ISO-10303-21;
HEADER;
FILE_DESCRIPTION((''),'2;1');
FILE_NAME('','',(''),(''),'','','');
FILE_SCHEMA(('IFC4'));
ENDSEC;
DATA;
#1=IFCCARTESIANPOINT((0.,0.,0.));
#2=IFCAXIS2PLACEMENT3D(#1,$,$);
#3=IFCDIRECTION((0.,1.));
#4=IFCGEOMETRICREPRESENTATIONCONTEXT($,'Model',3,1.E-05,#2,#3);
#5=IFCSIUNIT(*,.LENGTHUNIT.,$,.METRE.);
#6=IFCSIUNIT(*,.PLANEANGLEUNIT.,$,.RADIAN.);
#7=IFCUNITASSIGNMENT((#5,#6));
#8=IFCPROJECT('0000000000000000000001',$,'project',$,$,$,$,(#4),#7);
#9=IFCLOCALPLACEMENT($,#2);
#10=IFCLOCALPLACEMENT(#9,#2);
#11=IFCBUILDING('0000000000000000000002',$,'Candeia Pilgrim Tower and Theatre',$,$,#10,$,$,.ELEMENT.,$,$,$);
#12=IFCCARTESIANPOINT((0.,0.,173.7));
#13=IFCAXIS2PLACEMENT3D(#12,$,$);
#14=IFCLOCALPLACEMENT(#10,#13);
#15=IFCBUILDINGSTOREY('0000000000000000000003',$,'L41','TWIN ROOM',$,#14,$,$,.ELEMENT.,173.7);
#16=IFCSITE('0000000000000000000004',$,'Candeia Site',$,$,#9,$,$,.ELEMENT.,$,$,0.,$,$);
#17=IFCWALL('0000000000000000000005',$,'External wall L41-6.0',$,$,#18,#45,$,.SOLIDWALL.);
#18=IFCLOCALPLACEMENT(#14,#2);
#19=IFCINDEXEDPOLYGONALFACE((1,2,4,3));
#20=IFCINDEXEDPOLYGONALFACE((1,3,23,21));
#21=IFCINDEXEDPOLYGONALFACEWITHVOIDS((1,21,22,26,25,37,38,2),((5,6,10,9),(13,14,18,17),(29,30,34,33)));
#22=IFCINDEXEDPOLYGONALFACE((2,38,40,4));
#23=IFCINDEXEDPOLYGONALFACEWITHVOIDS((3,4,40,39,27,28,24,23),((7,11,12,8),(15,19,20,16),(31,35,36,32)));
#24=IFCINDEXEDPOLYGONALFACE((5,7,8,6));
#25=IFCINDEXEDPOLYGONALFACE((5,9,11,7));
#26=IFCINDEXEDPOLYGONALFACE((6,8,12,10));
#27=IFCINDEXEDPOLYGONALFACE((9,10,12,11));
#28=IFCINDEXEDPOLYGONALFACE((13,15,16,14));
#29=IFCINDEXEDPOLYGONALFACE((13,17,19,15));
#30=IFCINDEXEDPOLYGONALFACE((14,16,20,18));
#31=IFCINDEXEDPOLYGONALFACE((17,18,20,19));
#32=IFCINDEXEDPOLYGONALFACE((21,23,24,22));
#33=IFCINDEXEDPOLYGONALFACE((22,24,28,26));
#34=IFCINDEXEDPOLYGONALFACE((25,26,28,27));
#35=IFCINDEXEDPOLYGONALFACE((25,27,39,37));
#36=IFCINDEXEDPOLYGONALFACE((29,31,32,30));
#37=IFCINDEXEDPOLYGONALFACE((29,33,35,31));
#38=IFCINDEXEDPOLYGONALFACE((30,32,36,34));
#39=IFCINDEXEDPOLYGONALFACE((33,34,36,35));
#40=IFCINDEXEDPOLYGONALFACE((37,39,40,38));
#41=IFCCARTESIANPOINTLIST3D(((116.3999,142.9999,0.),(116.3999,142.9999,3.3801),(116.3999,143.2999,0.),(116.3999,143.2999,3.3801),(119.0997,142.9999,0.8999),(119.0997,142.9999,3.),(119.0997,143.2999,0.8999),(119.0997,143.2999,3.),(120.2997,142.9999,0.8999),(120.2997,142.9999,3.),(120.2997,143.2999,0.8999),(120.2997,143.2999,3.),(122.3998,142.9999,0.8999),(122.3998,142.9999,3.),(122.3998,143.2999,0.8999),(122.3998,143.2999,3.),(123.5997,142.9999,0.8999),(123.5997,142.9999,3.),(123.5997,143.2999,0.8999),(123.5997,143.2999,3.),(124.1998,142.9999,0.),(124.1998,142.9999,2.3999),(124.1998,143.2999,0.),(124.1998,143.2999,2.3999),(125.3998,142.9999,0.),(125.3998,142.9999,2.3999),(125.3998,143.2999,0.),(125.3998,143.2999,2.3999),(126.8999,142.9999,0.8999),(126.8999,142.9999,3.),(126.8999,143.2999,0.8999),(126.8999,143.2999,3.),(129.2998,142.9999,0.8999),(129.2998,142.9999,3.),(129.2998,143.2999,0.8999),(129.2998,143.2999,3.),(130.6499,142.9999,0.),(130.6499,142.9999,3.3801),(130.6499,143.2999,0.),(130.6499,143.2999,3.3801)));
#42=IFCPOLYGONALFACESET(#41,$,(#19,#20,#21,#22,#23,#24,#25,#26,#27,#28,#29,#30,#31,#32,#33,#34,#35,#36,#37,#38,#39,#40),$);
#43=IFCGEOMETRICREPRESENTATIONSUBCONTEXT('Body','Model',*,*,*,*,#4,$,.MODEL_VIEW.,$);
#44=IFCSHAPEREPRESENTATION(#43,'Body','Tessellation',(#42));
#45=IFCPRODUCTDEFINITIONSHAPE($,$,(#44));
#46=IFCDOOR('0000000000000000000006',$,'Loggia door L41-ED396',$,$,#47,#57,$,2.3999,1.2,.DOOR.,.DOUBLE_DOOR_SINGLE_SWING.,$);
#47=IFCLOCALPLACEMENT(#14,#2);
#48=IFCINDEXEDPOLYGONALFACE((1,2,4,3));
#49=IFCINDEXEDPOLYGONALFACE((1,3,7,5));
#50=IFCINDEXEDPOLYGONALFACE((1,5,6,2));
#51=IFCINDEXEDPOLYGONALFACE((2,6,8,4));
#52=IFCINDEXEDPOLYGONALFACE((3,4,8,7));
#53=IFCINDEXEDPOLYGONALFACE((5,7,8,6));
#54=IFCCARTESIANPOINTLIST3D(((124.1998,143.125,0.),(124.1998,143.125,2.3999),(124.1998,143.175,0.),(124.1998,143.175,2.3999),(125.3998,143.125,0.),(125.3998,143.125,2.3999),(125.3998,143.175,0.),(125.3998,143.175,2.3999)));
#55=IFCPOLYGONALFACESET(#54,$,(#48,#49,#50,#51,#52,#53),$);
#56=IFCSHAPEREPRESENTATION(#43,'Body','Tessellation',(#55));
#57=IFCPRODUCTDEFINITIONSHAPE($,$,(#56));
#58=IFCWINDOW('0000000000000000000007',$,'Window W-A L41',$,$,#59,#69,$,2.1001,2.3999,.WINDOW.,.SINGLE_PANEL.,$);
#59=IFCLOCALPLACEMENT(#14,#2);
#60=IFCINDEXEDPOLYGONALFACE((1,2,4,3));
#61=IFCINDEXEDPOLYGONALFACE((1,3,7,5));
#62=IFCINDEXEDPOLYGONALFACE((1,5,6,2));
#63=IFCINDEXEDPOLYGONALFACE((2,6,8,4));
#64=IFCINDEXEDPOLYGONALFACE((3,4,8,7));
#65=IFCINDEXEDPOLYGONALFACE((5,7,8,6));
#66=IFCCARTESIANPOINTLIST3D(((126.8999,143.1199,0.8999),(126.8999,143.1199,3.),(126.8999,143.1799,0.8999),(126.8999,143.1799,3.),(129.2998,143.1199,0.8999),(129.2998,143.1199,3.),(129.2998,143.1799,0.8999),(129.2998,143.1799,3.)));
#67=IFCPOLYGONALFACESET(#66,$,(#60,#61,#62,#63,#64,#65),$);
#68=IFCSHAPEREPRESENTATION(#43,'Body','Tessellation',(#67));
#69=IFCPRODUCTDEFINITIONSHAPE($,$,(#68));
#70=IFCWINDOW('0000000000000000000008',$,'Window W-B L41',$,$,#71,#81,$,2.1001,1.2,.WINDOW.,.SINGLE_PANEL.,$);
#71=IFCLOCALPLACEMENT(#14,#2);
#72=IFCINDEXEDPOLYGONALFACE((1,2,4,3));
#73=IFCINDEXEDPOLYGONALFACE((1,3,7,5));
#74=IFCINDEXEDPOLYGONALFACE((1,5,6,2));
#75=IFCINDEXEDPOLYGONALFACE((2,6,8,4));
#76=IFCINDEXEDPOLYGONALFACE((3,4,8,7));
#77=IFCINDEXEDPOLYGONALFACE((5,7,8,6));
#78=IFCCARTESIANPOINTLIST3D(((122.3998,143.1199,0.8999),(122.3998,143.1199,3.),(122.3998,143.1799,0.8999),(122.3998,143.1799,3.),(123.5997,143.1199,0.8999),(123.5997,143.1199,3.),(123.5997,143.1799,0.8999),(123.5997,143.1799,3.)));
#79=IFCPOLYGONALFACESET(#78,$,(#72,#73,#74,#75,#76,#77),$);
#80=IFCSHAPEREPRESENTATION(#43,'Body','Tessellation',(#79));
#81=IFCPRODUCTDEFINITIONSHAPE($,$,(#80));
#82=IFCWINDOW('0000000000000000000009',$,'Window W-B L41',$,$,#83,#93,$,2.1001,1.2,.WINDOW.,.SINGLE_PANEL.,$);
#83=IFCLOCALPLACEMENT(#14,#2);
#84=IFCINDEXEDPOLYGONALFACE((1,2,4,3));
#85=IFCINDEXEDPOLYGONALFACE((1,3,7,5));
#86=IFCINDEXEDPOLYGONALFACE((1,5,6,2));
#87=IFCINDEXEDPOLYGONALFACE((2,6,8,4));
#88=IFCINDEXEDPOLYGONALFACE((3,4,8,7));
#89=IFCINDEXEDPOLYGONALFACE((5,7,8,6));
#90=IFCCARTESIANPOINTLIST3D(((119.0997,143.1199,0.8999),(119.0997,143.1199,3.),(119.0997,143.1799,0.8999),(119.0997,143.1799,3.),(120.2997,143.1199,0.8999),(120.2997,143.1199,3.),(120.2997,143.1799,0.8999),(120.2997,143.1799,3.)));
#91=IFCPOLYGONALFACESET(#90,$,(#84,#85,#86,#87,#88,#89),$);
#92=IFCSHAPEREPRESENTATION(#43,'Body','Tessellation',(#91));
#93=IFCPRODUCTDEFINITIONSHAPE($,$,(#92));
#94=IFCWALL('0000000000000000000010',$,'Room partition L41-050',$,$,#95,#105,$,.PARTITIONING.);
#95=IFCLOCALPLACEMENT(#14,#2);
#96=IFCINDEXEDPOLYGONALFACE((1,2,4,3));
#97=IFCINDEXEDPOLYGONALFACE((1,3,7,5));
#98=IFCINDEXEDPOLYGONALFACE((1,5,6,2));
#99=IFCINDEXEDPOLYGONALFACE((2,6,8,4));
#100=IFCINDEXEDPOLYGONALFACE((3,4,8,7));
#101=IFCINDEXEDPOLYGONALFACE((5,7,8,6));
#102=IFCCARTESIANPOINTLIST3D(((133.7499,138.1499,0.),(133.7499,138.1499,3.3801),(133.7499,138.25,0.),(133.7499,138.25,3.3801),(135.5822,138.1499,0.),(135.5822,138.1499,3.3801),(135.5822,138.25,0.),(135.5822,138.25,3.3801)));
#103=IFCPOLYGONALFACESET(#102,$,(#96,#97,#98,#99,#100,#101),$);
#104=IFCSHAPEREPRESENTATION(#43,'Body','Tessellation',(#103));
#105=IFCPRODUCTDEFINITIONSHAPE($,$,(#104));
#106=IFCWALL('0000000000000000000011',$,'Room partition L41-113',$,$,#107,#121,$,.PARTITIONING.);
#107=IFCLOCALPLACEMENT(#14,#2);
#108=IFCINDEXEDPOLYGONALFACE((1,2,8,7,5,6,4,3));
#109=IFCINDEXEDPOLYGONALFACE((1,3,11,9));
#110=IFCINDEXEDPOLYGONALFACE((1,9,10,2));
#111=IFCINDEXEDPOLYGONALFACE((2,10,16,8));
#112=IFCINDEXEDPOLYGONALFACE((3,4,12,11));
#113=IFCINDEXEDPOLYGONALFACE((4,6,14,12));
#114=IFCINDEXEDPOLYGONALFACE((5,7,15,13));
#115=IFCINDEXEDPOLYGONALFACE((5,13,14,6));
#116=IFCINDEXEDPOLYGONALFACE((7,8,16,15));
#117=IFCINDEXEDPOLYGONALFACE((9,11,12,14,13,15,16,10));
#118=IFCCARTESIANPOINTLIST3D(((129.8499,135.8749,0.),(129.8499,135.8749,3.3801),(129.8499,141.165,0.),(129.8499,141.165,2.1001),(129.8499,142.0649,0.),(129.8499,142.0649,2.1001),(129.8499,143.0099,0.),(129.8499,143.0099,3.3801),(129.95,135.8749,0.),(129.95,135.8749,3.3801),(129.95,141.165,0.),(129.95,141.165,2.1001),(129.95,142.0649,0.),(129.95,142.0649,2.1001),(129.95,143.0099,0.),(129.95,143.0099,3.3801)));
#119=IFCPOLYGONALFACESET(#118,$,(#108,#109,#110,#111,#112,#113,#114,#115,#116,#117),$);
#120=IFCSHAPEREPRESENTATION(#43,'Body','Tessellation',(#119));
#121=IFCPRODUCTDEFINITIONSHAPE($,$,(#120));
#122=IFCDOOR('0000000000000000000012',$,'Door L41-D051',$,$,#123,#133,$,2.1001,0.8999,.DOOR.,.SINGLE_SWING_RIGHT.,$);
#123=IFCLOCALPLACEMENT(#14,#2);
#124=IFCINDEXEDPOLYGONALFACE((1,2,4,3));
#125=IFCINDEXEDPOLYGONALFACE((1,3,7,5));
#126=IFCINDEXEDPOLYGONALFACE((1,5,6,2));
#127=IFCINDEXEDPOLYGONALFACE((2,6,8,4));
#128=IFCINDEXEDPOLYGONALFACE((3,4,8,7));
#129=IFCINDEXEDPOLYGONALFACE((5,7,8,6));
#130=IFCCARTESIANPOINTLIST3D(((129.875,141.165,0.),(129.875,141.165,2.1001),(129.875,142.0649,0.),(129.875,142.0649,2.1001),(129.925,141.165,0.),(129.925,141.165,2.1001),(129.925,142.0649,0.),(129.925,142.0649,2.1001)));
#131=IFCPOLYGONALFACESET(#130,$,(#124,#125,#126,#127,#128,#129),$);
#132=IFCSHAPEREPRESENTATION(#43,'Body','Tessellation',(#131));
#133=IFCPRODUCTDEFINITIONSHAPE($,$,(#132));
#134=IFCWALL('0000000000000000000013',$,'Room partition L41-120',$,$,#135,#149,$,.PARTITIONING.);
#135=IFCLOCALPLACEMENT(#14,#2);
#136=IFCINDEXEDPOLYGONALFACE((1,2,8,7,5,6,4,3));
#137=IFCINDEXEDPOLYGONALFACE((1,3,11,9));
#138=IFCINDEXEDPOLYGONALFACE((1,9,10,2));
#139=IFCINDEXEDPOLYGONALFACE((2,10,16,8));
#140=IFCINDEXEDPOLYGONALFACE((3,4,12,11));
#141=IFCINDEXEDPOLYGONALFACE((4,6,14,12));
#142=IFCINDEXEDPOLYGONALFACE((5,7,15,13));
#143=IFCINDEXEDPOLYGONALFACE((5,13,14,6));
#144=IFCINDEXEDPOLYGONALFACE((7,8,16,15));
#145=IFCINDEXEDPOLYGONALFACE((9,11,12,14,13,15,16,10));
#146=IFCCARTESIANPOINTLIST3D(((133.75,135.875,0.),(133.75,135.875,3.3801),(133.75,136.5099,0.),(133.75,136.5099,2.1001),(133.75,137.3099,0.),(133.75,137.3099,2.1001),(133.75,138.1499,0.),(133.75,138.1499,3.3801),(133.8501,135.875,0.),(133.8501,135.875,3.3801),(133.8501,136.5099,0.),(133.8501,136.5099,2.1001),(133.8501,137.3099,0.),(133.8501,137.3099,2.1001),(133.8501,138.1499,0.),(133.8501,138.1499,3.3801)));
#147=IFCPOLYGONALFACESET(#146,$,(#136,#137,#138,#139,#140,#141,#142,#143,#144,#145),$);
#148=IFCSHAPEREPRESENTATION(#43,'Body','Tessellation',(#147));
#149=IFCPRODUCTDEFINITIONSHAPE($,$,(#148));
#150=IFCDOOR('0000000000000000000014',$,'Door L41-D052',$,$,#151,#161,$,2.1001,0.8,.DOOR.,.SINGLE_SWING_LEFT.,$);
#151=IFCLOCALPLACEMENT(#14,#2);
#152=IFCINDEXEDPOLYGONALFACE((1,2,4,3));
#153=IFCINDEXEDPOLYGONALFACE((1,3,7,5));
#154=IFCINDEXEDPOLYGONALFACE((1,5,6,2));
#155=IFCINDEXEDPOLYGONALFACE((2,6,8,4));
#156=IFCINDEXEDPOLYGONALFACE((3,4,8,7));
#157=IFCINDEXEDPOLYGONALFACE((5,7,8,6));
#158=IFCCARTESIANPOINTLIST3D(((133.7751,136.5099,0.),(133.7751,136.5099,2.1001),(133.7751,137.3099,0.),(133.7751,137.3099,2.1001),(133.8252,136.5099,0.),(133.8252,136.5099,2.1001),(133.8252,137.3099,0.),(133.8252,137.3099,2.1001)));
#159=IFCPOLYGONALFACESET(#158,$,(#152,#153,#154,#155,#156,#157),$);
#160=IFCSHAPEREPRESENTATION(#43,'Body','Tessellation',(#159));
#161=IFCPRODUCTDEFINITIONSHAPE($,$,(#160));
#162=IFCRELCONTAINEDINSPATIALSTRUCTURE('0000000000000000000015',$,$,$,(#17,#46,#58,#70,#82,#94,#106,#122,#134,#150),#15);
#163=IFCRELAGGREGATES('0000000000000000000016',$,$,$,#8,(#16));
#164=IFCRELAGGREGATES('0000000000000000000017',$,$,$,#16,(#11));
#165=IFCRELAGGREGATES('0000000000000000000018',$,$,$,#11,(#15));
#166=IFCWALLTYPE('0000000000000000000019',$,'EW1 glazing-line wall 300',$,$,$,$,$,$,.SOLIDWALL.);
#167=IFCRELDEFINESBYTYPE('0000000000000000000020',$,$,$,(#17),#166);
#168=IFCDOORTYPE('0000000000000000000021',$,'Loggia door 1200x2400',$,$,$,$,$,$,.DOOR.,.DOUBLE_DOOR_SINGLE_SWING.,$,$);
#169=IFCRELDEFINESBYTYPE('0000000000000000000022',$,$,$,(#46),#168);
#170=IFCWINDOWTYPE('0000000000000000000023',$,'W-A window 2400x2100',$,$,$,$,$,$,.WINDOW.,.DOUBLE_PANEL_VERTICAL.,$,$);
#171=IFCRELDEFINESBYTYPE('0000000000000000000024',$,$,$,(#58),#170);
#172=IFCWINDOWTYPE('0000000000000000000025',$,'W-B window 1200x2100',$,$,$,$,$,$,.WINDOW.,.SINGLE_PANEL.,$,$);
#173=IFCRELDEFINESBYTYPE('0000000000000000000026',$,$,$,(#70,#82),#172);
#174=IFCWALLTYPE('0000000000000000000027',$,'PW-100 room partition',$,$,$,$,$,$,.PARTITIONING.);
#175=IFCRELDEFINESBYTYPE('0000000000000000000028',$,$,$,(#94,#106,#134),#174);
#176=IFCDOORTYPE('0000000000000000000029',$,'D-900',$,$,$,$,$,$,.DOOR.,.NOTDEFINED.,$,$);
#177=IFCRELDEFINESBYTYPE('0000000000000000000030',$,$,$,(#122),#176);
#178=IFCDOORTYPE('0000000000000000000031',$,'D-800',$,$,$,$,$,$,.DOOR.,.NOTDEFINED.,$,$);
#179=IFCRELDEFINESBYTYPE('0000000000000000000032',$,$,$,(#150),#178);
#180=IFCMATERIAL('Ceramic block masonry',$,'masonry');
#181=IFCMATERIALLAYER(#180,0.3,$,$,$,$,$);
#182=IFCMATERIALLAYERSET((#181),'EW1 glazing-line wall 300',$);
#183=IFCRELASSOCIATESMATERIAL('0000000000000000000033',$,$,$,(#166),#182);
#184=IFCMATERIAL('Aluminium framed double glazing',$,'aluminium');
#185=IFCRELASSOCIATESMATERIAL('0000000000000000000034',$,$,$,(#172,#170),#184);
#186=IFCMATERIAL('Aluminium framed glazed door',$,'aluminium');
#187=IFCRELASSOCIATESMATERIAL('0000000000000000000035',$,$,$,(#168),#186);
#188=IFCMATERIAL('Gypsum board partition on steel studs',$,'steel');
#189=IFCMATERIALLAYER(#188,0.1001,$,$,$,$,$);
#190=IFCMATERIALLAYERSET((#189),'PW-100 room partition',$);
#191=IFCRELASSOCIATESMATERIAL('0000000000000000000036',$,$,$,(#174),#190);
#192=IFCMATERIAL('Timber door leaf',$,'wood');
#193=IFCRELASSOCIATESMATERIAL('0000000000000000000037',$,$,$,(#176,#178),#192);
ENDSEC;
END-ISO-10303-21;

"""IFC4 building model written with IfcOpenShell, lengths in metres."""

from ifc_helpers import new_model, si_unit, direction, frame, frame_2d, origin, place, context, subcontext, project, spatial, rectangle, extrude, material, layer, layer_set, type_object, element, fill, save


model = new_model("IFC4")

# Units and contexts
model_context = context("Model", 3, precision=1e-05, world=origin(), true_north=direction((0.0, 1.0)))
body_context = subcontext(model_context, "Body", "Model", "MODEL_VIEW")
ifc_project = project(units=[si_unit("LENGTHUNIT", "METRE"), si_unit("PLANEANGLEUNIT", "RADIAN")], contexts=[model_context])

# Site, building, storey
site_placement = place(None, origin())
site = spatial("IfcSite", under=ifc_project, at=site_placement, Name="Candeia Site", CompositionType="ELEMENT", RefElevation=0.0)
building_placement = place(site_placement, origin())
building = spatial("IfcBuilding", under=site, at=building_placement, Name="Candeia Pilgrim Tower and Theatre", CompositionType="ELEMENT")
storey_placement = place(building_placement, frame((0.0, 0.0, 173.7)))
storey = spatial("IfcBuildingStorey", under=building, at=storey_placement, Name="L41", Description="TWIN ROOM", CompositionType="ELEMENT", Elevation=173.7)

# Shared definitions
ifc_material_1 = material(Name="Ceramic block masonry", Category="masonry")
ifc_layer_1 = layer(ifc_material_1, 0.3)
ifc_layer_set_1 = layer_set([ifc_layer_1], Name="EW1 glazing-line wall 300")
wall_type_1 = type_object("IfcWallType", Name="EW1 glazing-line wall 300", PredefinedType="SOLIDWALL", material=ifc_layer_set_1)
ifc_material_2 = material(Name="Aluminium framed double glazing", Category="aluminium")
window_type_1 = type_object("IfcWindowType", Name="W-B window 1200x2100", PartitioningType="SINGLE_PANEL", PredefinedType="WINDOW", material=ifc_material_2)

# Shared definitions
window_type_2 = type_object("IfcWindowType", Name="W-A window 2400x2100", PartitioningType="DOUBLE_PANEL_VERTICAL", PredefinedType="WINDOW", material=ifc_material_2)

# Wall, openings, door, windows
wall_1_placement = place(storey_placement, frame((130.6499, 143.1499, 0.0), z_axis=(0.0, 0.0, 1.0), x_axis=(-1.0, 0.0, 0.0)))
wall_1 = element("IfcWall", 1, at=wall_1_placement, inside=storey, type_object=wall_type_1, Name="External wall L41-6.0", PredefinedType="SOLIDWALL", context=body_context, shape_type="SweptSolid", body=[
    extrude(rectangle(XDim=14.25, YDim=0.3, at=frame_2d((7.125, 0.0))), origin(), (0.0, 0.0, 1.0), 3.3801),
])
opening_1_placement = place(wall_1_placement, frame((1.3501, 0.0, 0.8999)))
opening_1 = element("IfcOpeningElement", 2, at=opening_1_placement, cuts=wall_1, PredefinedType="OPENING", context=body_context, shape_type="SweptSolid", body=[
    extrude(rectangle(XDim=2.3999, YDim=2.1001, at=frame_2d((1.2, 1.05))), frame((0.0, 0.1602, 0.0), z_axis=(0.0, -1.0, 0.0), x_axis=(1.0, 0.0, 0.0)), (0.0, 0.0, 1.0), 0.3201),
])
opening_2_placement = place(wall_1_placement, frame((5.25, 0.0, 0.0)))
opening_2 = element("IfcOpeningElement", 3, at=opening_2_placement, cuts=wall_1, PredefinedType="OPENING", context=body_context, shape_type="SweptSolid", body=[
    extrude(rectangle(XDim=1.2, YDim=2.3999, at=frame_2d((0.6001, 1.2))), frame((0.0, 0.1602, 0.0), z_axis=(0.0, -1.0, 0.0), x_axis=(1.0, 0.0, 0.0)), (0.0, 0.0, 1.0), 0.3201),
])
opening_3_placement = place(wall_1_placement, frame((7.05, 0.0, 0.8999)))
opening_3 = element("IfcOpeningElement", 4, at=opening_3_placement, cuts=wall_1, PredefinedType="OPENING", context=body_context, shape_type="SweptSolid", body=[
    extrude(rectangle(XDim=1.2, YDim=2.1001, at=frame_2d((0.6001, 1.05))), frame((0.0, 0.1602, 0.0), z_axis=(0.0, -1.0, 0.0), x_axis=(1.0, 0.0, 0.0)), (0.0, 0.0, 1.0), 0.3201),
])
opening_4_placement = place(wall_1_placement, frame((10.3501, 0.0, 0.8999)))
opening_4 = element("IfcOpeningElement", 5, at=opening_4_placement, cuts=wall_1, PredefinedType="OPENING", context=body_context, shape_type="SweptSolid", body=[
    extrude(rectangle(XDim=1.2, YDim=2.1001, at=frame_2d((0.6001, 1.05))), frame((0.0, 0.1602, 0.0), z_axis=(0.0, -1.0, 0.0), x_axis=(1.0, 0.0, 0.0)), (0.0, 0.0, 1.0), 0.3201),
])
ifc_material_3 = material(Name="Aluminium framed glazed door", Category="aluminium")
door_type_1 = type_object("IfcDoorType", Name="Loggia door 1200x2400", OperationType="DOUBLE_DOOR_SINGLE_SWING", PredefinedType="DOOR", material=ifc_material_3)
door_1_placement = place(opening_2_placement, origin())
door_1 = element("IfcDoor", 6, at=door_1_placement, inside=storey, type_object=door_type_1, Name="Loggia door L41-ED396", OperationType="DOUBLE_DOOR_SINGLE_SWING", OverallHeight=2.3999, OverallWidth=1.2, PredefinedType="DOOR", context=body_context, shape_type="SweptSolid", body=[
    extrude(rectangle(XDim=1.2, YDim=2.3999, at=frame_2d((0.6001, 1.2))), frame((0.0, 0.0249, 0.0), z_axis=(0.0, -1.0, 0.0), x_axis=(1.0, 0.0, 0.0)), (0.0, 0.0, 1.0), 0.05),
])
fill(opening_2, door_1)
window_1_placement = place(opening_1_placement, origin())
window_1 = element("IfcWindow", 7, at=window_1_placement, inside=storey, type_object=window_type_2, Name="Window W-A L41", OverallHeight=2.1001, OverallWidth=2.3999, PartitioningType="SINGLE_PANEL", PredefinedType="WINDOW", context=body_context, shape_type="SweptSolid", body=[
    extrude(rectangle(XDim=2.3999, YDim=2.1001, at=frame_2d((1.2, 1.05))), frame((0.0, 0.03, 0.0), z_axis=(0.0, -1.0, 0.0), x_axis=(1.0, 0.0, 0.0)), (0.0, 0.0, 1.0), 0.0601),
])
fill(opening_1, window_1)
window_2_placement = place(opening_3_placement, origin())
window_2 = element("IfcWindow", 8, at=window_2_placement, inside=storey, type_object=window_type_1, Name="Window W-B L41", OverallHeight=2.1001, OverallWidth=1.2, PartitioningType="SINGLE_PANEL", PredefinedType="WINDOW", context=body_context, shape_type="SweptSolid", body=[
    extrude(rectangle(XDim=1.2, YDim=2.1001, at=frame_2d((0.6001, 1.05))), frame((0.0, 0.03, 0.0), z_axis=(0.0, -1.0, 0.0), x_axis=(1.0, 0.0, 0.0)), (0.0, 0.0, 1.0), 0.0601),
])
fill(opening_3, window_2)
window_3_placement = place(opening_4_placement, origin())
window_3 = element("IfcWindow", 9, at=window_3_placement, inside=storey, type_object=window_type_1, Name="Window W-B L41", OverallHeight=2.1001, OverallWidth=1.2, PartitioningType="SINGLE_PANEL", PredefinedType="WINDOW", context=body_context, shape_type="SweptSolid", body=[
    extrude(rectangle(XDim=1.2, YDim=2.1001, at=frame_2d((0.6001, 1.05))), frame((0.0, 0.03, 0.0), z_axis=(0.0, -1.0, 0.0), x_axis=(1.0, 0.0, 0.0)), (0.0, 0.0, 1.0), 0.0601),
])
fill(opening_4, window_3)

# Wall
ifc_material_4 = material(Name="Gypsum board partition on steel studs", Category="steel")
ifc_layer_2 = layer(ifc_material_4, 0.1001)
ifc_layer_set_2 = layer_set([ifc_layer_2], Name="PW-100 room partition")
wall_type_2 = type_object("IfcWallType", Name="PW-100 room partition", PredefinedType="PARTITIONING", material=ifc_layer_set_2)
wall_2_placement = place(storey_placement, frame((133.75, 138.2, 0.0), z_axis=(0.0, 0.0, 1.0), x_axis=(1.0, 0.0, 0.0)))
element("IfcWall", 10, at=wall_2_placement, inside=storey, type_object=wall_type_2, Name="Room partition L41-050", PredefinedType="PARTITIONING", context=body_context, shape_type="SweptSolid", body=[
    extrude(rectangle(XDim=1.8323, YDim=0.1001, at=frame_2d((0.916, 0.0))), origin(), (0.0, 0.0, 1.0), 3.3801),
])

# Walls, openings, doors
wall_3_placement = place(storey_placement, frame((129.8999, 135.875, 0.0), z_axis=(0.0, 0.0, 1.0), x_axis=(0.0, 1.0, 0.0)))
wall_3 = element("IfcWall", 11, at=wall_3_placement, inside=storey, type_object=wall_type_2, Name="Room partition L41-113", PredefinedType="PARTITIONING", context=body_context, shape_type="SweptSolid", body=[
    extrude(rectangle(XDim=7.135, YDim=0.1001, at=frame_2d((3.5674, 0.0))), origin(), (0.0, 0.0, 1.0), 3.3801),
])
opening_5_placement = place(wall_3_placement, frame((5.29, 0.0, 0.0)))
opening_5 = element("IfcOpeningElement", 12, at=opening_5_placement, cuts=wall_3, PredefinedType="OPENING", context=body_context, shape_type="SweptSolid", body=[
    extrude(rectangle(XDim=0.8999, YDim=2.1001, at=frame_2d((0.45, 1.05))), frame((0.0, 0.0601, 0.0), z_axis=(0.0, -1.0, 0.0), x_axis=(1.0, 0.0, 0.0)), (0.0, 0.0, 1.0), 0.1201),
])
ifc_material_5 = material(Name="Timber door leaf", Category="wood")
door_type_2 = type_object("IfcDoorType", Name="D-900", OperationType="NOTDEFINED", PredefinedType="DOOR", material=ifc_material_5)
door_2_placement = place(opening_5_placement, origin())
door_2 = element("IfcDoor", 13, at=door_2_placement, inside=storey, type_object=door_type_2, Name="Door L41-D051", OperationType="SINGLE_SWING_RIGHT", OverallHeight=2.1001, OverallWidth=0.8999, PredefinedType="DOOR", context=body_context, shape_type="SweptSolid", body=[
    extrude(rectangle(XDim=0.8999, YDim=2.1001, at=frame_2d((0.45, 1.05))), frame((0.0, 0.0249, 0.0), z_axis=(0.0, -1.0, 0.0), x_axis=(1.0, 0.0, 0.0)), (0.0, 0.0, 1.0), 0.05),
])
fill(opening_5, door_2)
wall_4_placement = place(storey_placement, frame((133.8, 135.875, 0.0), z_axis=(0.0, 0.0, 1.0), x_axis=(0.0, 1.0, 0.0)))
wall_4 = element("IfcWall", 14, at=wall_4_placement, inside=storey, type_object=wall_type_2, Name="Room partition L41-120", PredefinedType="PARTITIONING", context=body_context, shape_type="SweptSolid", body=[
    extrude(rectangle(XDim=2.2749, YDim=0.1001, at=frame_2d((1.1375, 0.0))), origin(), (0.0, 0.0, 1.0), 3.3801),
])
opening_6_placement = place(wall_4_placement, frame((0.635, 0.0, 0.0)))
opening_6 = element("IfcOpeningElement", 15, at=opening_6_placement, cuts=wall_4, PredefinedType="OPENING", context=body_context, shape_type="SweptSolid", body=[
    extrude(rectangle(XDim=0.8, YDim=2.1001, at=frame_2d((0.3999, 1.05))), frame((0.0, 0.0601, 0.0), z_axis=(0.0, -1.0, 0.0), x_axis=(1.0, 0.0, 0.0)), (0.0, 0.0, 1.0), 0.1201),
])
door_type_3 = type_object("IfcDoorType", Name="D-800", OperationType="NOTDEFINED", PredefinedType="DOOR", material=ifc_material_5)
door_3_placement = place(opening_6_placement, origin())
door_3 = element("IfcDoor", 16, at=door_3_placement, inside=storey, type_object=door_type_3, Name="Door L41-D052", OperationType="SINGLE_SWING_LEFT", OverallHeight=2.1001, OverallWidth=0.8, PredefinedType="DOOR", context=body_context, shape_type="SweptSolid", body=[
    extrude(rectangle(XDim=0.8, YDim=2.1001, at=frame_2d((0.3999, 1.05))), frame((0.0, 0.0249, 0.0), z_axis=(0.0, -1.0, 0.0), x_axis=(1.0, 0.0, 0.0)), (0.0, 0.0, 1.0), 0.05),
])
fill(opening_6, door_3)

save(model, "model.ifc")
